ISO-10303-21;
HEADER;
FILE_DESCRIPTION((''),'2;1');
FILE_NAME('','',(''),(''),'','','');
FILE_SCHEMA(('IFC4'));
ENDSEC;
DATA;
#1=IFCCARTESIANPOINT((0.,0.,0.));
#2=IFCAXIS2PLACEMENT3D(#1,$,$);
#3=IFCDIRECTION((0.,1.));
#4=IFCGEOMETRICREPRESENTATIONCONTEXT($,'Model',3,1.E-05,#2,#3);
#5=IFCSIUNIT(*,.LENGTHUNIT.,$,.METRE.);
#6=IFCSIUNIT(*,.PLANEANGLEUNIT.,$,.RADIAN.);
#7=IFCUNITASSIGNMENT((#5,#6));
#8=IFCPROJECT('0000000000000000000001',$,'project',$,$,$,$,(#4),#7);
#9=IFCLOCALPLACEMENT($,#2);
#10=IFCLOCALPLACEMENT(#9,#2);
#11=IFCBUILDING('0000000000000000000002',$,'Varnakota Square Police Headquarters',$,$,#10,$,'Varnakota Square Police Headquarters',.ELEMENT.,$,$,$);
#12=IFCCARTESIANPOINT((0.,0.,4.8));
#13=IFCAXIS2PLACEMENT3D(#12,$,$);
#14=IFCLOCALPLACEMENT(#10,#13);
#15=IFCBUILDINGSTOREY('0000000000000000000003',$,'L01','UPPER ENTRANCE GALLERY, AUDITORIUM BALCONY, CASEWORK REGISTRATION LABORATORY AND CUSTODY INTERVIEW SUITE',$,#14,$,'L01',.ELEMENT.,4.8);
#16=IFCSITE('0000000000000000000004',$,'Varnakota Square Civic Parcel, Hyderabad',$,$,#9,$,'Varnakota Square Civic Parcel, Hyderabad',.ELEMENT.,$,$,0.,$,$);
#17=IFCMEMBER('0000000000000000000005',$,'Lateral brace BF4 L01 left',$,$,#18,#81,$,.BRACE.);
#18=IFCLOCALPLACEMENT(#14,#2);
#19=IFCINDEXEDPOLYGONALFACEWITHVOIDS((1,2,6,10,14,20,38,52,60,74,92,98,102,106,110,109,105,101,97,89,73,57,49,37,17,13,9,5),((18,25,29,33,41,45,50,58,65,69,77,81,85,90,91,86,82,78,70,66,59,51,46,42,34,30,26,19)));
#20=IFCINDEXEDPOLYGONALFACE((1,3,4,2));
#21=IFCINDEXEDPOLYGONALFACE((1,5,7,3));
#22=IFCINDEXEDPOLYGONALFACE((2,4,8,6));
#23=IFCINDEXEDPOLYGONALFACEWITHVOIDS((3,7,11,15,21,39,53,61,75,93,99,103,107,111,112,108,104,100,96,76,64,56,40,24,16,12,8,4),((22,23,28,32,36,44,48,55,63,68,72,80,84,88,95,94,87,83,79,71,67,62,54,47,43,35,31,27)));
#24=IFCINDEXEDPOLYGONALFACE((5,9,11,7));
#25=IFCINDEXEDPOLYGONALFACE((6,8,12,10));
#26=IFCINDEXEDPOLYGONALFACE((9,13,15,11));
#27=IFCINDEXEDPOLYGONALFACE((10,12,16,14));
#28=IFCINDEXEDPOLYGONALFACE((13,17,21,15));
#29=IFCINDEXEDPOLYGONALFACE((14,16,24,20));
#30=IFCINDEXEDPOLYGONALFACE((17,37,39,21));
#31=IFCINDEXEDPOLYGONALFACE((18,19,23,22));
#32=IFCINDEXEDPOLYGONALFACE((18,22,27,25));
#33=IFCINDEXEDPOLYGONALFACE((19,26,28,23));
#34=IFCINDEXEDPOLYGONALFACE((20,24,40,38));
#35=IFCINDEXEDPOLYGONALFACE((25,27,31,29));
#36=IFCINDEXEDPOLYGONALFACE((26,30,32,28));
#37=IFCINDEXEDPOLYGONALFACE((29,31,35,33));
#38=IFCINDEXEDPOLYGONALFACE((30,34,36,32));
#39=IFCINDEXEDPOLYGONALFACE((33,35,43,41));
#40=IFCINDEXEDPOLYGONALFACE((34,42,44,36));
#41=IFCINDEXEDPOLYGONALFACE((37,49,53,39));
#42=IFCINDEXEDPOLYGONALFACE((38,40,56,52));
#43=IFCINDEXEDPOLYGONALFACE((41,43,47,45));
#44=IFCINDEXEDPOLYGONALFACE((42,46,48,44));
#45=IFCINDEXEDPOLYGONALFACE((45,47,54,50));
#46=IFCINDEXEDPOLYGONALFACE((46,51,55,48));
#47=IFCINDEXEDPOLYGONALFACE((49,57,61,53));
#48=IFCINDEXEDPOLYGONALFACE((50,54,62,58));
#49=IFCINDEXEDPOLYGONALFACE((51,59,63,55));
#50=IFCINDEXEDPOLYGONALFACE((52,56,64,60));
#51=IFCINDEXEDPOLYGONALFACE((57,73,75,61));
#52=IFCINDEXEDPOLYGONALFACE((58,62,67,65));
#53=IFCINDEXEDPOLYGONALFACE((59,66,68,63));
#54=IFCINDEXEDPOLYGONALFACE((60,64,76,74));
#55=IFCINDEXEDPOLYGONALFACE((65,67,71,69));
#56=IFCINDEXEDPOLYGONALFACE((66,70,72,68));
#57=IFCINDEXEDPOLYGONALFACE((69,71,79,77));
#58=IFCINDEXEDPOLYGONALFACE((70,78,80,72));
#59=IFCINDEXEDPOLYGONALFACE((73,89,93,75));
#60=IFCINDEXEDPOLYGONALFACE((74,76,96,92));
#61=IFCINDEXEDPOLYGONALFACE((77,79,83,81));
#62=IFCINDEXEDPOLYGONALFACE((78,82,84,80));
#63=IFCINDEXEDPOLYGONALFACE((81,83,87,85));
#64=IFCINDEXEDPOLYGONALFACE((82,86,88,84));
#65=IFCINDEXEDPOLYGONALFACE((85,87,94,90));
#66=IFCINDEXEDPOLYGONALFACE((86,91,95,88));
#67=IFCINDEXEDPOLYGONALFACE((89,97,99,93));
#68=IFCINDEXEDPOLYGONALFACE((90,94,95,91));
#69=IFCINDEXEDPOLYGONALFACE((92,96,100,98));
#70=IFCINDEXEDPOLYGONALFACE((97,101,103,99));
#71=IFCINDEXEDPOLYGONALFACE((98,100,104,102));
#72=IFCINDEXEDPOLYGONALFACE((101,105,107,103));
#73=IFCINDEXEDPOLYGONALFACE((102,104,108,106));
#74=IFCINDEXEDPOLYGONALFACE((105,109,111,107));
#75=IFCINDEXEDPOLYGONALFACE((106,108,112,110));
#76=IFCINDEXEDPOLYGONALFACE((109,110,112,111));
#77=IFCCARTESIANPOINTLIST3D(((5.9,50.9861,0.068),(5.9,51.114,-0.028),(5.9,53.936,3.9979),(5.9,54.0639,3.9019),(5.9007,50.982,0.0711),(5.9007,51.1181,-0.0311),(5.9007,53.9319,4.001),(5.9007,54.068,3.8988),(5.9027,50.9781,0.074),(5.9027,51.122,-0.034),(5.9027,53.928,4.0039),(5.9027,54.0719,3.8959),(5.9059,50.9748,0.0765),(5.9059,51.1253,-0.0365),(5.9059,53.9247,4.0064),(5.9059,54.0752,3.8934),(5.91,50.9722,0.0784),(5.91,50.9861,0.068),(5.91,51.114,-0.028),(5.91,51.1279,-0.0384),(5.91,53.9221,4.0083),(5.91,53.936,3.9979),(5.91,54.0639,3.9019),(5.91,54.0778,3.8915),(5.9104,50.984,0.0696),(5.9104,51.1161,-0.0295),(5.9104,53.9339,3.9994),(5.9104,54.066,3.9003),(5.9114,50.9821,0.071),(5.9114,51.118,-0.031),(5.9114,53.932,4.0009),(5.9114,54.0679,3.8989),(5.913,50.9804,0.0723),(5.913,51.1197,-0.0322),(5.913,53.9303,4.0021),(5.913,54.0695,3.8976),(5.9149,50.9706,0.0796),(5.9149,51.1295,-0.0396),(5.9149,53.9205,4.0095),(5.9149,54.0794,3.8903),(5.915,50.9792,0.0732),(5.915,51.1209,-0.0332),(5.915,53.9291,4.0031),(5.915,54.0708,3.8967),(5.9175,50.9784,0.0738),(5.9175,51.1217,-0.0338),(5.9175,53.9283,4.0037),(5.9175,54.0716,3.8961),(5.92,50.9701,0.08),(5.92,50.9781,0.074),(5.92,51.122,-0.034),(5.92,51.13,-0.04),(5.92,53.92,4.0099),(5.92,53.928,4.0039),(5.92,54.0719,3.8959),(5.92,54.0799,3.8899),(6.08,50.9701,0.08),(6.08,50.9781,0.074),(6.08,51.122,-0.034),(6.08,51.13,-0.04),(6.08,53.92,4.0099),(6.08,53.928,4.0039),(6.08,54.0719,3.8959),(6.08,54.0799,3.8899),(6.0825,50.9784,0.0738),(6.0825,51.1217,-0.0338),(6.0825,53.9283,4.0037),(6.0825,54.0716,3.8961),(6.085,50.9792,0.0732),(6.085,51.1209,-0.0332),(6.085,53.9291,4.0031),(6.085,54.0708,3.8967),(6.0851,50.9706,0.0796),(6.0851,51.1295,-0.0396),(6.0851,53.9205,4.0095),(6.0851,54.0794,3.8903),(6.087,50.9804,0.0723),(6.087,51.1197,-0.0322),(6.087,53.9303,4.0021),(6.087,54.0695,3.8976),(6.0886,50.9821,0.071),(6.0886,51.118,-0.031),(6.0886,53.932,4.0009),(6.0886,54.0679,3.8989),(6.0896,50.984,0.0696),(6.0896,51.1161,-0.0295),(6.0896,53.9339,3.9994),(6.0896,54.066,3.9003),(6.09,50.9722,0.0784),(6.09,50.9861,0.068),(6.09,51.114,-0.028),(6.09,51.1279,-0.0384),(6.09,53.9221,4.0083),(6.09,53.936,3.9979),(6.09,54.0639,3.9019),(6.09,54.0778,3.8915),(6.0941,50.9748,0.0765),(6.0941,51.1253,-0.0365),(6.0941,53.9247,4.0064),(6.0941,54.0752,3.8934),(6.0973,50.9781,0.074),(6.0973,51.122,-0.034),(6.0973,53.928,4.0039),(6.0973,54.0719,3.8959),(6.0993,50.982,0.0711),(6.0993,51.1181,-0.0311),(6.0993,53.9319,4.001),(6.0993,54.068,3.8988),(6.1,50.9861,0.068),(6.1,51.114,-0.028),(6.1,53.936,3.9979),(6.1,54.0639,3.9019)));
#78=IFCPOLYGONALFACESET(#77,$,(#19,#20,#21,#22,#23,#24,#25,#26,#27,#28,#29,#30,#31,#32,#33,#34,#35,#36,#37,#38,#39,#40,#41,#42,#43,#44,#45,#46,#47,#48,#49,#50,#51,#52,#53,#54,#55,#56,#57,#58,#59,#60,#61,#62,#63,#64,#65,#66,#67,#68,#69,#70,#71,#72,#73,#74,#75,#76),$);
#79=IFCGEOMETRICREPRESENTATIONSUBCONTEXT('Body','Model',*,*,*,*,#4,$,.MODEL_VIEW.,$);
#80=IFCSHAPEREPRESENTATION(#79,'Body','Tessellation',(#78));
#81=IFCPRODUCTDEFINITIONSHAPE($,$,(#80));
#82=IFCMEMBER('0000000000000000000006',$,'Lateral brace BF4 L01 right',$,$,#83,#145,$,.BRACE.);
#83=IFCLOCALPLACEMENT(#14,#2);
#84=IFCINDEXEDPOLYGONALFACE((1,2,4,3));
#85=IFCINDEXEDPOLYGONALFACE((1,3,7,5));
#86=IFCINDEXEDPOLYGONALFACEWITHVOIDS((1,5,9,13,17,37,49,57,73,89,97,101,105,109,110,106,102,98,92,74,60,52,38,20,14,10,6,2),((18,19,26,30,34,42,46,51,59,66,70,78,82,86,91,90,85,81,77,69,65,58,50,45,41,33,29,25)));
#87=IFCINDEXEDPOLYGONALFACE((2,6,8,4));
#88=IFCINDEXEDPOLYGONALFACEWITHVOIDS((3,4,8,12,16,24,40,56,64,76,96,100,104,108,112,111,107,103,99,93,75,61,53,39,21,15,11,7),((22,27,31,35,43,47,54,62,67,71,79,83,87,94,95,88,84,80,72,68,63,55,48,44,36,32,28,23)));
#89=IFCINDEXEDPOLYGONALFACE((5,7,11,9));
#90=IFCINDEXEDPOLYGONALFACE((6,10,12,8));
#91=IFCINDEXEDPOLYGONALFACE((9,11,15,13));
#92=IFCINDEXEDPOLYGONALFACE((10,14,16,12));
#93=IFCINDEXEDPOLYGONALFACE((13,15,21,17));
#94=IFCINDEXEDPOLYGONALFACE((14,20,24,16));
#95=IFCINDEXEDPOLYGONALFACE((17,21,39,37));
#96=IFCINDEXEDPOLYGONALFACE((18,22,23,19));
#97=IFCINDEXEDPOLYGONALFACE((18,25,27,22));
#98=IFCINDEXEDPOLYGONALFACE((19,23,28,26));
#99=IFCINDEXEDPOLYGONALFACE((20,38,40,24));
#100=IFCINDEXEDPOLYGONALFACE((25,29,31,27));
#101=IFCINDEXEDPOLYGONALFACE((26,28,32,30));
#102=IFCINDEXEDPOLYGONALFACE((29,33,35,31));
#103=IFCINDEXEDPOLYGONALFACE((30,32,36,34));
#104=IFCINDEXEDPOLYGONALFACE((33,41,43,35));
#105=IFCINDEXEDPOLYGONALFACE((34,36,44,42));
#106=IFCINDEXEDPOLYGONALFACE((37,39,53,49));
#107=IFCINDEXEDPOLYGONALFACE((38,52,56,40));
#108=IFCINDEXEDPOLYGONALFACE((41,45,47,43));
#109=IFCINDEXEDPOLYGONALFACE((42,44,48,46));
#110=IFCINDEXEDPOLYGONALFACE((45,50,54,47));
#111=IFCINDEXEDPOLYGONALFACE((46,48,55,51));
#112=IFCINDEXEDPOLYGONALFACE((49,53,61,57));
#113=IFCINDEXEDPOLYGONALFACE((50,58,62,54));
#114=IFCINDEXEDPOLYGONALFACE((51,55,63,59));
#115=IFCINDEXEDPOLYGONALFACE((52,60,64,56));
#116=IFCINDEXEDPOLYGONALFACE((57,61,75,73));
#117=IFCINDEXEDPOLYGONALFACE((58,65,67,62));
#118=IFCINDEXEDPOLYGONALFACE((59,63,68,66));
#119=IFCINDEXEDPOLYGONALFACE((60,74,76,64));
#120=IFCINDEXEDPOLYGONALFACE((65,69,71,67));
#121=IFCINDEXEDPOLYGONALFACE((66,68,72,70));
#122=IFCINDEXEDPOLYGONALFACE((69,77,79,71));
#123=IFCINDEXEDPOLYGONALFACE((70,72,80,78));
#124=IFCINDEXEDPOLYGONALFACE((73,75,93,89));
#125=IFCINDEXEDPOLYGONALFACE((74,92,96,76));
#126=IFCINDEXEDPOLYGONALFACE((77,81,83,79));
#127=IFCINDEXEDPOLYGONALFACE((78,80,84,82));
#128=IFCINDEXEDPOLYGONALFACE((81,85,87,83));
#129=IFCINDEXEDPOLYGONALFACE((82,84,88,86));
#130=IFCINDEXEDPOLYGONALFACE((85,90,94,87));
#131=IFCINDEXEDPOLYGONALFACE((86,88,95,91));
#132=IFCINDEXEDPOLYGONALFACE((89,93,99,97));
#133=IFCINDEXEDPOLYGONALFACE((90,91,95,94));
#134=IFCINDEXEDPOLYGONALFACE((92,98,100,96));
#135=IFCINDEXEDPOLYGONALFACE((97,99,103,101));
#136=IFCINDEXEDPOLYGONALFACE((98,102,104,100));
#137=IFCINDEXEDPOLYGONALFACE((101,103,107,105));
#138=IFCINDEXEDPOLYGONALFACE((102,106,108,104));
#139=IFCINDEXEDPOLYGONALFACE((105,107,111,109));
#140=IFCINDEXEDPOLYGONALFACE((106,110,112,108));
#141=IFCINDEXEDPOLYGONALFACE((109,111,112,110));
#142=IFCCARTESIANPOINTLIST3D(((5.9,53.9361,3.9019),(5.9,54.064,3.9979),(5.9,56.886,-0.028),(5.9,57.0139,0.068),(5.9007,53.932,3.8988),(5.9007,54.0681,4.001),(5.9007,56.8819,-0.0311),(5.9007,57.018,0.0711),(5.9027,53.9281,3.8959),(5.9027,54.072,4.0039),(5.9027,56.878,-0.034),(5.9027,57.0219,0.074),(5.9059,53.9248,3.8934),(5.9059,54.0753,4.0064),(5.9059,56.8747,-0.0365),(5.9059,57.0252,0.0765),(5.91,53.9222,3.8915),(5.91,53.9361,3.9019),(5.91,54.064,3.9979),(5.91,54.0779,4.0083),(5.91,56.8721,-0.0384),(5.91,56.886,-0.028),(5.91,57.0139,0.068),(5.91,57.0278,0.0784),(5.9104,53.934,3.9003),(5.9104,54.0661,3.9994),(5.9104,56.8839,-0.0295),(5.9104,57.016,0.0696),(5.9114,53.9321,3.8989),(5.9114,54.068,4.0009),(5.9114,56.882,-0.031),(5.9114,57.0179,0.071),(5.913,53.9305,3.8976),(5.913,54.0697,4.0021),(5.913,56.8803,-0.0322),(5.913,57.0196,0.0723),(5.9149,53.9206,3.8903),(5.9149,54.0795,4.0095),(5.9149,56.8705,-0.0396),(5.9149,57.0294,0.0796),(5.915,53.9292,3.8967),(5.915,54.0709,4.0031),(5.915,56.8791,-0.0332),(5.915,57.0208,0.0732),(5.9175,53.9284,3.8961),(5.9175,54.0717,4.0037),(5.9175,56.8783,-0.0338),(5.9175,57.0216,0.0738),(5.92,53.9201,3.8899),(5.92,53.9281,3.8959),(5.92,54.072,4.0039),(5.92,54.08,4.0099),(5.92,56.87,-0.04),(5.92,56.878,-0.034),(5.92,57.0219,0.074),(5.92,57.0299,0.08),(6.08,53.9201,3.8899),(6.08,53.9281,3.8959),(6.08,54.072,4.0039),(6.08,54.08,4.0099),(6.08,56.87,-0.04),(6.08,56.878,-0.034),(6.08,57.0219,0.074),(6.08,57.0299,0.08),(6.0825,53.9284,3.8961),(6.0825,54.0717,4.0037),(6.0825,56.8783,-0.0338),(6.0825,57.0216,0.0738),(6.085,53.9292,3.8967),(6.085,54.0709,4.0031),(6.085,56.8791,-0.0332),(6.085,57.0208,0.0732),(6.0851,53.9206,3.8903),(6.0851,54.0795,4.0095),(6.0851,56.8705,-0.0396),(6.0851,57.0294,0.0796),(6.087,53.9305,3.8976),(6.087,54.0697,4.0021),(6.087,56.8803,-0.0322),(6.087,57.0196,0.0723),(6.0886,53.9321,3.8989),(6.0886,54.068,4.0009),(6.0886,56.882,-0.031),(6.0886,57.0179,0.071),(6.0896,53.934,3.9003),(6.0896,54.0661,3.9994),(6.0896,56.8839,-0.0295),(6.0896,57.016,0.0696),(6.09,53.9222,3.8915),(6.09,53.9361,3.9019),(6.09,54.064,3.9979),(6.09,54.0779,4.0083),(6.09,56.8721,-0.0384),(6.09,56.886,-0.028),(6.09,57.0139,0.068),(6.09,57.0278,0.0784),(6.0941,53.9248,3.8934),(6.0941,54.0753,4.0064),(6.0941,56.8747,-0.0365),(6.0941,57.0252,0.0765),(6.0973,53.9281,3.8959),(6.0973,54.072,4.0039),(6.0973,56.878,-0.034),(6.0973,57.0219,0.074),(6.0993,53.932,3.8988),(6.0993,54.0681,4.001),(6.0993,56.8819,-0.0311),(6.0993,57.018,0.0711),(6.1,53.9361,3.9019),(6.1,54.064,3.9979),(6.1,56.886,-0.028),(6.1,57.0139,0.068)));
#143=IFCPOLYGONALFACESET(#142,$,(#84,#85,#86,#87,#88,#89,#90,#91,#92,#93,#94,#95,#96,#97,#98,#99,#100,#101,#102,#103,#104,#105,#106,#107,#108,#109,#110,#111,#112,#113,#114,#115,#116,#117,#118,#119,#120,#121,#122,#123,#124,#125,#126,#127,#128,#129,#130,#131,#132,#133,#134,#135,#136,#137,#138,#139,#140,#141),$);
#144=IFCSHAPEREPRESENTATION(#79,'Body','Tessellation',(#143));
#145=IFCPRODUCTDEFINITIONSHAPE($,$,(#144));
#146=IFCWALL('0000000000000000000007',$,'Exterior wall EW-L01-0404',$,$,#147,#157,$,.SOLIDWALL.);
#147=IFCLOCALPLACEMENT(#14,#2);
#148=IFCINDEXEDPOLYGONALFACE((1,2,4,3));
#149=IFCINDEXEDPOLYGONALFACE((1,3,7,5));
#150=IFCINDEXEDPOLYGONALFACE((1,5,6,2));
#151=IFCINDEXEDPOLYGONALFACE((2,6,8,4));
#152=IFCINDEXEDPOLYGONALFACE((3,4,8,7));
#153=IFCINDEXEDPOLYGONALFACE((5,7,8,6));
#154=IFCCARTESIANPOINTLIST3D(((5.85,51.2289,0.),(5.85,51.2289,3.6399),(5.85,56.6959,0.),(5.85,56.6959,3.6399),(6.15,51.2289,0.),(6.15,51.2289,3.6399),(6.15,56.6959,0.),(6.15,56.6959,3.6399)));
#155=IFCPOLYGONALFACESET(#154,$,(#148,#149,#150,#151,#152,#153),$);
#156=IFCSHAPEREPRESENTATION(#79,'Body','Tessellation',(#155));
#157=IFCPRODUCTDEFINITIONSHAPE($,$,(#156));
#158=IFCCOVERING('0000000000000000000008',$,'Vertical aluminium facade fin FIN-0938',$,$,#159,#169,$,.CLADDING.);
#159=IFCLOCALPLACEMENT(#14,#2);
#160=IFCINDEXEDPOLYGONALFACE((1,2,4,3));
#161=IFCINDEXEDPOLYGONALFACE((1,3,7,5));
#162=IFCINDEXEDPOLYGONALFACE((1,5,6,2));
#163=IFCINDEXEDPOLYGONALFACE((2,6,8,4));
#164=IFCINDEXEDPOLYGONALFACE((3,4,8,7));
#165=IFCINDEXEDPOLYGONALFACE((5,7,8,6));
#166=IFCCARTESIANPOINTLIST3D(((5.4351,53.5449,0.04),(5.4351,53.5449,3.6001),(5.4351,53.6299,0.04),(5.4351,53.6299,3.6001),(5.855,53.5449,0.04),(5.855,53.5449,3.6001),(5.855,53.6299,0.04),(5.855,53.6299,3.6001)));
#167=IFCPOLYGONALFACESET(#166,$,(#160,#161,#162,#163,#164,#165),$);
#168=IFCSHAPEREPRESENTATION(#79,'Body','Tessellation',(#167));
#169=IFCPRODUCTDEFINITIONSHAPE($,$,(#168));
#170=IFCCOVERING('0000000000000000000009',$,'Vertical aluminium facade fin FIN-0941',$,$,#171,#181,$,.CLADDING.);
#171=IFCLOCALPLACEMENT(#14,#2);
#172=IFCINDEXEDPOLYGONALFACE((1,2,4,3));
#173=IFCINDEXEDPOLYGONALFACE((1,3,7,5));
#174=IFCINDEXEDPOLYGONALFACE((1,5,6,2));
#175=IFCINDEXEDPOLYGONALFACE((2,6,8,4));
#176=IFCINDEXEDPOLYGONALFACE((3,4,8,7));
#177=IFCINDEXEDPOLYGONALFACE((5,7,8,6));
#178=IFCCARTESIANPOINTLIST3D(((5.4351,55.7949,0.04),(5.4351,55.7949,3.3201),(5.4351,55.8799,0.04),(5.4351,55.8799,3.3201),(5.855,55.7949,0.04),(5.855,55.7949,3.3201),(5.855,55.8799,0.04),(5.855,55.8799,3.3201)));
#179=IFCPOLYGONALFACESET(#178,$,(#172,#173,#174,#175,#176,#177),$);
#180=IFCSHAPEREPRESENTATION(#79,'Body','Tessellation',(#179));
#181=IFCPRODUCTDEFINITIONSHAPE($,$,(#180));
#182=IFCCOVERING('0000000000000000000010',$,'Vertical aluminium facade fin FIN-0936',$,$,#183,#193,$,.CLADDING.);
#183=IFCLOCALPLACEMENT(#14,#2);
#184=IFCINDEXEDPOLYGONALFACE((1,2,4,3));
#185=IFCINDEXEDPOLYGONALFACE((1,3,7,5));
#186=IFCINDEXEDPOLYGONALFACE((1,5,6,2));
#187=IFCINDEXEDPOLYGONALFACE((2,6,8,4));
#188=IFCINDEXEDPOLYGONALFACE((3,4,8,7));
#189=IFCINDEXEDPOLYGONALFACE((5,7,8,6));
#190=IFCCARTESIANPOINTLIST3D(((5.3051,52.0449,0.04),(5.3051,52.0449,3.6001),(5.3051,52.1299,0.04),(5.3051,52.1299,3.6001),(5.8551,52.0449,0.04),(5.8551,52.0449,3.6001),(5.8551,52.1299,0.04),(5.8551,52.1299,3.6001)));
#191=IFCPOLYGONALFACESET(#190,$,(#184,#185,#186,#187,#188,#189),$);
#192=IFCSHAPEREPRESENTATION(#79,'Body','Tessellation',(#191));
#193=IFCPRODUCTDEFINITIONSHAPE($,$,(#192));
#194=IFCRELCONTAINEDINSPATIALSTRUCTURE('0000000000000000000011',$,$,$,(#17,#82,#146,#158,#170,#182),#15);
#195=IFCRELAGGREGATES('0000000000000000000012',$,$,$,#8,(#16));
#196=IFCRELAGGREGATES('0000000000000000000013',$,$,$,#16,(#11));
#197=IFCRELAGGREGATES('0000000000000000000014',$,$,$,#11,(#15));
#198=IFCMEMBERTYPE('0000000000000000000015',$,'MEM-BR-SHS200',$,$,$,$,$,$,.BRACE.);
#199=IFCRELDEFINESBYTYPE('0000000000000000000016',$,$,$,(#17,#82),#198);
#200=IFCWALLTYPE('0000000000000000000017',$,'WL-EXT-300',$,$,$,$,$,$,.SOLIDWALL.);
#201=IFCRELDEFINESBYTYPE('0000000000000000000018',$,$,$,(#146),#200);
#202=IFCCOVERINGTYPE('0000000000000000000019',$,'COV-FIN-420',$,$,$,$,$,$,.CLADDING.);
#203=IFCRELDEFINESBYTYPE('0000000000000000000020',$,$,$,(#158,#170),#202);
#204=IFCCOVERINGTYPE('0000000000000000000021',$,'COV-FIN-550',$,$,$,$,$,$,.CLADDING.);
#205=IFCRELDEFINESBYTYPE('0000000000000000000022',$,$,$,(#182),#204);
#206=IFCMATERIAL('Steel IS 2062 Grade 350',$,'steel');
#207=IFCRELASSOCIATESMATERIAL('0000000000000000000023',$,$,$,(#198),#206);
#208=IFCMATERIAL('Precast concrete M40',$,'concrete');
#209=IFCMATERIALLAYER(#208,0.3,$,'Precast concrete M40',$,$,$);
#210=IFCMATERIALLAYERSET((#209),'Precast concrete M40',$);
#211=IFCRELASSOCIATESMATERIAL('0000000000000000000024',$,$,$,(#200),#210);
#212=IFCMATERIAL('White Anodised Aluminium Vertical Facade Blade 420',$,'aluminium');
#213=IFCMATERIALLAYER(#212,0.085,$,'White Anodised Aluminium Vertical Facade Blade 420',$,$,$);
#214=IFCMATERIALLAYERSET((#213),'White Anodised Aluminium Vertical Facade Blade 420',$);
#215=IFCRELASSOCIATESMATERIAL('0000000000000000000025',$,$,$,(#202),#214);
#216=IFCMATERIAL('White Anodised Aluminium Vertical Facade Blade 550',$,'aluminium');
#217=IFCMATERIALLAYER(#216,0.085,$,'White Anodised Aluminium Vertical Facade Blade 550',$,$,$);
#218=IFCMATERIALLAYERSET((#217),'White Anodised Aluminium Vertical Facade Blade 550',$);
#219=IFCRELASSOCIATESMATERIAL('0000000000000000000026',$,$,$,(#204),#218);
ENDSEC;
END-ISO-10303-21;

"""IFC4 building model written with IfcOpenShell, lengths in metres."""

from ifc_helpers import new_model, si_unit, direction, frame, frame_2d, origin, origin_2d, place, context, subcontext, project, spatial, rectangle, hollow_rectangle, extrude, material, layer, layer_set, material_profile, profile_set, type_object, element, save


model = new_model("IFC4")

# Units and contexts
model_context = context("Model", 3, precision=1e-05, world=origin(), true_north=direction((0.0, 1.0)))
body_context = subcontext(model_context, "Body", "Model", "MODEL_VIEW")
ifc_project = project(units=[si_unit("LENGTHUNIT", "METRE"), si_unit("PLANEANGLEUNIT", "RADIAN")], contexts=[model_context])

# Site, building, storey
site_placement = place(None, origin())
site = spatial("IfcSite", under=ifc_project, at=site_placement, Name="Varnakota Square Civic Parcel, Hyderabad", LongName="Varnakota Square Civic Parcel, Hyderabad", CompositionType="ELEMENT", RefElevation=0.0)
building_placement = place(site_placement, origin())
building = spatial("IfcBuilding", under=site, at=building_placement, Name="Varnakota Square Police Headquarters", LongName="Varnakota Square Police Headquarters", CompositionType="ELEMENT")
storey_placement = place(building_placement, frame((0.0, 0.0, 4.8)))
storey = spatial("IfcBuildingStorey", under=building, at=storey_placement, Name="L01", Description="UPPER ENTRANCE GALLERY, AUDITORIUM BALCONY, CASEWORK REGISTRATION LABORATORY AND CUSTODY INTERVIEW SUITE", LongName="L01", CompositionType="ELEMENT", Elevation=4.8)

# Shared definitions
ifc_material_1 = material(Name="Steel IS 2062 Grade 350", Category="steel")

# Members
ifc_material_profile_1 = material_profile(ifc_material_1, hollow_rectangle(XDim=0.2, YDim=0.2, WallThickness=0.01, InnerFilletRadius=0.01, OuterFilletRadius=0.02, at=origin_2d()), Name="SHS 200x200x10")
ifc_profile_set_1 = profile_set([ifc_material_profile_1], Name="Steel IS 2062 Grade 350")
member_type = type_object("IfcMemberType", Name="MEM-BR-SHS200", PredefinedType="BRACE", material=ifc_profile_set_1)
for number, where, z_axis, x_axis, name in (
    (1, (6.0, 51.05, 0.02), (0.0, 0.600326, 0.799755), (-1.0, 0.0, 0.0), "Lateral brace BF4 L01 left"),
    (2, (6.0, 56.95, 0.02), (0.0, -0.600326, 0.799755), (1.0, 0.0, 0.0), "Lateral brace BF4 L01 right"),
):
    element("IfcMember", number, at=place(storey_placement, frame(where, z_axis=z_axis, x_axis=x_axis)), inside=storey, type_object=member_type, Name=name, PredefinedType="BRACE", context=body_context, shape_type="SweptSolid", body=[
        extrude(hollow_rectangle(XDim=0.2, YDim=0.2, WallThickness=0.01, InnerFilletRadius=0.01, OuterFilletRadius=0.02, at=origin_2d()), origin(), (0.0, 0.0, 1.0), 4.9138),
    ])

# Wall
ifc_material_2 = material(Name="Precast concrete M40", Category="concrete")
ifc_layer_1 = layer(ifc_material_2, 0.3, Name="Precast concrete M40")
ifc_layer_set_1 = layer_set([ifc_layer_1], Name="Precast concrete M40")
wall_type = type_object("IfcWallType", Name="WL-EXT-300", PredefinedType="SOLIDWALL", material=ifc_layer_set_1)
wall_placement = place(storey_placement, frame((6.0, 51.229, 0.0), z_axis=(0.0, 0.0, 1.0), x_axis=(0.0, 1.0, 0.0)))
element("IfcWall", 3, at=wall_placement, inside=storey, type_object=wall_type, Name="Exterior wall EW-L01-0404", PredefinedType="SOLIDWALL", context=body_context, shape_type="SweptSolid", body=[
    extrude(rectangle(XDim=5.467, YDim=0.3, at=frame_2d((2.7334, 0.0))), origin(), (0.0, 0.0, 1.0), 3.6399),
])

# Coverings
ifc_material_3 = material(Name="White Anodised Aluminium Vertical Facade Blade 420", Category="aluminium")
ifc_layer_2 = layer(ifc_material_3, 0.085, Name="White Anodised Aluminium Vertical Facade Blade 420")
ifc_layer_set_2 = layer_set([ifc_layer_2], Name="White Anodised Aluminium Vertical Facade Blade 420")
covering_type_1 = type_object("IfcCoveringType", Name="COV-FIN-420", PredefinedType="CLADDING", material=ifc_layer_set_2)
covering_1_placement = place(storey_placement, frame((5.645, 53.5874, 0.04), z_axis=(0.0, 0.0, 1.0), x_axis=(0.0, 1.0, 0.0)))
element("IfcCovering", 4, at=covering_1_placement, inside=storey, type_object=covering_type_1, Name="Vertical aluminium facade fin FIN-0938", PredefinedType="CLADDING", context=body_context, shape_type="SweptSolid", body=[
    extrude(rectangle(XDim=0.085, YDim=0.4199, at=origin_2d()), origin(), (0.0, 0.0, 1.0), 3.5601),
])
covering_2_placement = place(storey_placement, frame((5.645, 55.8374, 0.04), z_axis=(0.0, 0.0, 1.0), x_axis=(0.0, 1.0, 0.0)))
element("IfcCovering", 5, at=covering_2_placement, inside=storey, type_object=covering_type_1, Name="Vertical aluminium facade fin FIN-0941", PredefinedType="CLADDING", context=body_context, shape_type="SweptSolid", body=[
    extrude(rectangle(XDim=0.085, YDim=0.4199, at=origin_2d()), origin(), (0.0, 0.0, 1.0), 3.28),
])
ifc_material_4 = material(Name="White Anodised Aluminium Vertical Facade Blade 550", Category="aluminium")
ifc_layer_3 = layer(ifc_material_4, 0.085, Name="White Anodised Aluminium Vertical Facade Blade 550")
ifc_layer_set_3 = layer_set([ifc_layer_3], Name="White Anodised Aluminium Vertical Facade Blade 550")
covering_type_2 = type_object("IfcCoveringType", Name="COV-FIN-550", PredefinedType="CLADDING", material=ifc_layer_set_3)
covering_3_placement = place(storey_placement, frame((5.5801, 52.0874, 0.04), z_axis=(0.0, 0.0, 1.0), x_axis=(0.0, 1.0, 0.0)))
element("IfcCovering", 6, at=covering_3_placement, inside=storey, type_object=covering_type_2, Name="Vertical aluminium facade fin FIN-0936", PredefinedType="CLADDING", context=body_context, shape_type="SweptSolid", body=[
    extrude(rectangle(XDim=0.085, YDim=0.55, at=origin_2d()), origin(), (0.0, 0.0, 1.0), 3.5601),
])

save(model, "model.ifc")
